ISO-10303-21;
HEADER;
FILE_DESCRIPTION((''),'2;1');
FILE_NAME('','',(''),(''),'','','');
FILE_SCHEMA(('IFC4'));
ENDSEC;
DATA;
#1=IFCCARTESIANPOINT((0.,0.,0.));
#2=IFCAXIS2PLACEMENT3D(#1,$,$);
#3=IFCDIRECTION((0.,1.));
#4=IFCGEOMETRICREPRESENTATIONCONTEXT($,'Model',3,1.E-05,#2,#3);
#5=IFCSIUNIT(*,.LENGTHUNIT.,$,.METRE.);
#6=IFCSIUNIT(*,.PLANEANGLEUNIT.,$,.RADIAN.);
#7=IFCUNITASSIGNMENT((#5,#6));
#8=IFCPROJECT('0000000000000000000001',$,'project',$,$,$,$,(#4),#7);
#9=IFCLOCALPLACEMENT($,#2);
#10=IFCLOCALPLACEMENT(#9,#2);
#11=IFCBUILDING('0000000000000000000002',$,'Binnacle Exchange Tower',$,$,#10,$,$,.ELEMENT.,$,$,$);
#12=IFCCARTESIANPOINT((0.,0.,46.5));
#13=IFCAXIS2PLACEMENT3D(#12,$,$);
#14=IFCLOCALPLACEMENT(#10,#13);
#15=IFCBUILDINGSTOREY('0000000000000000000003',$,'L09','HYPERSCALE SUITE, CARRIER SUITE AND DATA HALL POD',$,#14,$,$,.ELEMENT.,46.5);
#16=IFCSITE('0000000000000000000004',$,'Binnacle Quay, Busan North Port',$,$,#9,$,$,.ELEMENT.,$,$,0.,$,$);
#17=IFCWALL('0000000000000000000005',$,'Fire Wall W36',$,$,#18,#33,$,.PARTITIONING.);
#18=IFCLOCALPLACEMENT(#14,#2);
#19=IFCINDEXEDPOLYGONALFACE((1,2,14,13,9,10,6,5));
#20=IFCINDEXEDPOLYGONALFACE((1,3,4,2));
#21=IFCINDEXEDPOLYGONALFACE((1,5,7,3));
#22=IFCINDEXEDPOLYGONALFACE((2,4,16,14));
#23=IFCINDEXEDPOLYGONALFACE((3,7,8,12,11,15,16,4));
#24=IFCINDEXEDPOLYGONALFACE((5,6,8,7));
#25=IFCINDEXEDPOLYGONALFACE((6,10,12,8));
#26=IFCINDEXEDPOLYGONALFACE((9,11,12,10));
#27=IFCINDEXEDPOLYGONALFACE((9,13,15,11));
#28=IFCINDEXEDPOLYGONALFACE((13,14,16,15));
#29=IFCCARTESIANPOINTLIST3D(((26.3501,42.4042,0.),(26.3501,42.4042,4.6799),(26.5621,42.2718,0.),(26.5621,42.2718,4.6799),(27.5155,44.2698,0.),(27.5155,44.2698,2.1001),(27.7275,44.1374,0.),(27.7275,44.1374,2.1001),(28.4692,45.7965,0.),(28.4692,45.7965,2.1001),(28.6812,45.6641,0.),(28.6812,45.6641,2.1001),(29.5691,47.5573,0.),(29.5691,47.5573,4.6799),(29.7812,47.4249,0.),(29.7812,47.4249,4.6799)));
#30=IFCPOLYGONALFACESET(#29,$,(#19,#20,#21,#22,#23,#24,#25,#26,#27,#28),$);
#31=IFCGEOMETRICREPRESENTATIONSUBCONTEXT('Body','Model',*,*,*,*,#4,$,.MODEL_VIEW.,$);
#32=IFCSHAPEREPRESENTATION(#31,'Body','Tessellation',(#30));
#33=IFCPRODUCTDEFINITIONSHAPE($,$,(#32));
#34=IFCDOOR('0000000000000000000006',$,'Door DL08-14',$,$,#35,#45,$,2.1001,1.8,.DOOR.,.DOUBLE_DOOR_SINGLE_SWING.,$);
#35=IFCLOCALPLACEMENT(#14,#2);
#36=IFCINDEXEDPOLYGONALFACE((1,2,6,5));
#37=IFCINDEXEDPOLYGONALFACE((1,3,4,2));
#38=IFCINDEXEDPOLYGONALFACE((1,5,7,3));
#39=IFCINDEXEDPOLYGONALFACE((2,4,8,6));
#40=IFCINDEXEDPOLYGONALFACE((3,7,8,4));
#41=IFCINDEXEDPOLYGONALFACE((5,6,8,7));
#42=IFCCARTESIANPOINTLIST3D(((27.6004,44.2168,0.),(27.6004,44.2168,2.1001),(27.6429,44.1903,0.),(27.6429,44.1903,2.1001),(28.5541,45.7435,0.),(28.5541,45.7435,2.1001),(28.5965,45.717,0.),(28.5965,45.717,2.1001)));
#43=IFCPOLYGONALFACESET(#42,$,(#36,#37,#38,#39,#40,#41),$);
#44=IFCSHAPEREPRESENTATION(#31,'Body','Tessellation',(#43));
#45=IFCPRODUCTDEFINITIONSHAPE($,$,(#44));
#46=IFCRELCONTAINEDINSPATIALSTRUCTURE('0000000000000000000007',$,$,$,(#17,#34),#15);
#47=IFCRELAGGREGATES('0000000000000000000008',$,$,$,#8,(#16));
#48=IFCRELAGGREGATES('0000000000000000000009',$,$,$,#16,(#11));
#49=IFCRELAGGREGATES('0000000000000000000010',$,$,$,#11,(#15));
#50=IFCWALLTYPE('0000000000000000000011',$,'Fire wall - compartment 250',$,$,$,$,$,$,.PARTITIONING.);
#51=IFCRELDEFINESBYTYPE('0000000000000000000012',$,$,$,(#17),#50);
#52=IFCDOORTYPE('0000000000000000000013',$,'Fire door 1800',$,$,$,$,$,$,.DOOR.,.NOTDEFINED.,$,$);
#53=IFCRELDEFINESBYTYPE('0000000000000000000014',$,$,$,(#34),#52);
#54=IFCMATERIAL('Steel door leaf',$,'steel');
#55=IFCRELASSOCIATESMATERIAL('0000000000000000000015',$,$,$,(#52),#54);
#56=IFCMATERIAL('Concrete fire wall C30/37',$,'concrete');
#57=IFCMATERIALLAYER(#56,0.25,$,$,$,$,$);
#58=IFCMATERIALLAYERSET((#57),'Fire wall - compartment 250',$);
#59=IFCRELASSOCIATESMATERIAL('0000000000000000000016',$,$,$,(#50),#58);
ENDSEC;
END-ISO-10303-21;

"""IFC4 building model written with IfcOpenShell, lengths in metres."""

from ifc_helpers import new_model, si_unit, direction, frame, frame_2d, origin, place, context, subcontext, project, spatial, rectangle, extrude, material, layer, layer_set, type_object, element, fill, save


model = new_model("IFC4")

# Units and contexts
model_context = context("Model", 3, precision=1e-05, world=origin(), true_north=direction((0.0, 1.0)))
body_context = subcontext(model_context, "Body", "Model", "MODEL_VIEW")
ifc_project = project(units=[si_unit("LENGTHUNIT", "METRE"), si_unit("PLANEANGLEUNIT", "RADIAN")], contexts=[model_context])

# Site, building, storey
site_placement = place(None, origin())
site = spatial("IfcSite", under=ifc_project, at=site_placement, Name="Binnacle Quay, Busan North Port", CompositionType="ELEMENT", RefElevation=0.0)
building_placement = place(site_placement, origin())
building = spatial("IfcBuilding", under=site, at=building_placement, Name="Binnacle Exchange Tower", CompositionType="ELEMENT")
storey_placement = place(building_placement, frame((0.0, 0.0, 46.5)))
storey = spatial("IfcBuildingStorey", under=building, at=storey_placement, Name="L09", Description="HYPERSCALE SUITE, CARRIER SUITE AND DATA HALL POD", CompositionType="ELEMENT", Elevation=46.5)

# Shared definitions
ifc_material_1 = material(Name="Steel door leaf", Category="steel")

# Wall, opening, door
door_type_1 = type_object("IfcDoorType", Name="Fire door 1800", OperationType="NOTDEFINED", PredefinedType="DOOR", material=ifc_material_1)
ifc_material_2 = material(Name="Concrete fire wall C30/37", Category="concrete")
ifc_layer_1 = layer(ifc_material_2, 0.25)
ifc_layer_set_1 = layer_set([ifc_layer_1], Name="Fire wall - compartment 250")
wall_type_1 = type_object("IfcWallType", Name="Fire wall - compartment 250", PredefinedType="PARTITIONING", material=ifc_layer_set_1)
wall_1_placement = place(storey_placement, frame((26.4561, 42.3379, 0.0), z_axis=(0.0, 0.0, 1.0), x_axis=(0.5298, 0.848122, 0.0)))
wall_1 = element("IfcWall", 1, at=wall_1_placement, inside=storey, type_object=wall_type_1, Name="Fire Wall W36", PredefinedType="PARTITIONING", context=body_context, shape_type="SweptSolid", body=[
    extrude(rectangle(XDim=6.0759, YDim=0.25, at=frame_2d((3.0381, 0.0))), origin(), (0.0, 0.0, 1.0), 4.6799),
])
opening_1_placement = place(wall_1_placement, frame((2.2, 0.0, 0.0)))
opening_1 = element("IfcOpeningElement", 2, at=opening_1_placement, cuts=wall_1, PredefinedType="OPENING", context=body_context, shape_type="SweptSolid", body=[
    extrude(rectangle(XDim=1.8, YDim=2.1001, at=frame_2d((0.8999, 1.05))), frame((0.0, 0.135, 0.0), z_axis=(0.0, -1.0, 0.0), x_axis=(1.0, 0.0, 0.0)), (0.0, 0.0, 1.0), 0.27),
])
door_1_placement = place(opening_1_placement, origin())
door_1 = element("IfcDoor", 3, at=door_1_placement, inside=storey, type_object=door_type_1, Name="Door DL08-14", OperationType="DOUBLE_DOOR_SINGLE_SWING", OverallHeight=2.1001, OverallWidth=1.8, PredefinedType="DOOR", context=body_context, shape_type="SweptSolid", body=[
    extrude(rectangle(XDim=1.8, YDim=2.1001, at=frame_2d((0.8999, 1.05))), frame((0.0, 0.0249, 0.0), z_axis=(0.0, -1.0, 0.0), x_axis=(1.0, 0.0, 0.0)), (0.0, 0.0, 1.0), 0.05),
])
fill(opening_1, door_1)

save(model, "model.ifc")
